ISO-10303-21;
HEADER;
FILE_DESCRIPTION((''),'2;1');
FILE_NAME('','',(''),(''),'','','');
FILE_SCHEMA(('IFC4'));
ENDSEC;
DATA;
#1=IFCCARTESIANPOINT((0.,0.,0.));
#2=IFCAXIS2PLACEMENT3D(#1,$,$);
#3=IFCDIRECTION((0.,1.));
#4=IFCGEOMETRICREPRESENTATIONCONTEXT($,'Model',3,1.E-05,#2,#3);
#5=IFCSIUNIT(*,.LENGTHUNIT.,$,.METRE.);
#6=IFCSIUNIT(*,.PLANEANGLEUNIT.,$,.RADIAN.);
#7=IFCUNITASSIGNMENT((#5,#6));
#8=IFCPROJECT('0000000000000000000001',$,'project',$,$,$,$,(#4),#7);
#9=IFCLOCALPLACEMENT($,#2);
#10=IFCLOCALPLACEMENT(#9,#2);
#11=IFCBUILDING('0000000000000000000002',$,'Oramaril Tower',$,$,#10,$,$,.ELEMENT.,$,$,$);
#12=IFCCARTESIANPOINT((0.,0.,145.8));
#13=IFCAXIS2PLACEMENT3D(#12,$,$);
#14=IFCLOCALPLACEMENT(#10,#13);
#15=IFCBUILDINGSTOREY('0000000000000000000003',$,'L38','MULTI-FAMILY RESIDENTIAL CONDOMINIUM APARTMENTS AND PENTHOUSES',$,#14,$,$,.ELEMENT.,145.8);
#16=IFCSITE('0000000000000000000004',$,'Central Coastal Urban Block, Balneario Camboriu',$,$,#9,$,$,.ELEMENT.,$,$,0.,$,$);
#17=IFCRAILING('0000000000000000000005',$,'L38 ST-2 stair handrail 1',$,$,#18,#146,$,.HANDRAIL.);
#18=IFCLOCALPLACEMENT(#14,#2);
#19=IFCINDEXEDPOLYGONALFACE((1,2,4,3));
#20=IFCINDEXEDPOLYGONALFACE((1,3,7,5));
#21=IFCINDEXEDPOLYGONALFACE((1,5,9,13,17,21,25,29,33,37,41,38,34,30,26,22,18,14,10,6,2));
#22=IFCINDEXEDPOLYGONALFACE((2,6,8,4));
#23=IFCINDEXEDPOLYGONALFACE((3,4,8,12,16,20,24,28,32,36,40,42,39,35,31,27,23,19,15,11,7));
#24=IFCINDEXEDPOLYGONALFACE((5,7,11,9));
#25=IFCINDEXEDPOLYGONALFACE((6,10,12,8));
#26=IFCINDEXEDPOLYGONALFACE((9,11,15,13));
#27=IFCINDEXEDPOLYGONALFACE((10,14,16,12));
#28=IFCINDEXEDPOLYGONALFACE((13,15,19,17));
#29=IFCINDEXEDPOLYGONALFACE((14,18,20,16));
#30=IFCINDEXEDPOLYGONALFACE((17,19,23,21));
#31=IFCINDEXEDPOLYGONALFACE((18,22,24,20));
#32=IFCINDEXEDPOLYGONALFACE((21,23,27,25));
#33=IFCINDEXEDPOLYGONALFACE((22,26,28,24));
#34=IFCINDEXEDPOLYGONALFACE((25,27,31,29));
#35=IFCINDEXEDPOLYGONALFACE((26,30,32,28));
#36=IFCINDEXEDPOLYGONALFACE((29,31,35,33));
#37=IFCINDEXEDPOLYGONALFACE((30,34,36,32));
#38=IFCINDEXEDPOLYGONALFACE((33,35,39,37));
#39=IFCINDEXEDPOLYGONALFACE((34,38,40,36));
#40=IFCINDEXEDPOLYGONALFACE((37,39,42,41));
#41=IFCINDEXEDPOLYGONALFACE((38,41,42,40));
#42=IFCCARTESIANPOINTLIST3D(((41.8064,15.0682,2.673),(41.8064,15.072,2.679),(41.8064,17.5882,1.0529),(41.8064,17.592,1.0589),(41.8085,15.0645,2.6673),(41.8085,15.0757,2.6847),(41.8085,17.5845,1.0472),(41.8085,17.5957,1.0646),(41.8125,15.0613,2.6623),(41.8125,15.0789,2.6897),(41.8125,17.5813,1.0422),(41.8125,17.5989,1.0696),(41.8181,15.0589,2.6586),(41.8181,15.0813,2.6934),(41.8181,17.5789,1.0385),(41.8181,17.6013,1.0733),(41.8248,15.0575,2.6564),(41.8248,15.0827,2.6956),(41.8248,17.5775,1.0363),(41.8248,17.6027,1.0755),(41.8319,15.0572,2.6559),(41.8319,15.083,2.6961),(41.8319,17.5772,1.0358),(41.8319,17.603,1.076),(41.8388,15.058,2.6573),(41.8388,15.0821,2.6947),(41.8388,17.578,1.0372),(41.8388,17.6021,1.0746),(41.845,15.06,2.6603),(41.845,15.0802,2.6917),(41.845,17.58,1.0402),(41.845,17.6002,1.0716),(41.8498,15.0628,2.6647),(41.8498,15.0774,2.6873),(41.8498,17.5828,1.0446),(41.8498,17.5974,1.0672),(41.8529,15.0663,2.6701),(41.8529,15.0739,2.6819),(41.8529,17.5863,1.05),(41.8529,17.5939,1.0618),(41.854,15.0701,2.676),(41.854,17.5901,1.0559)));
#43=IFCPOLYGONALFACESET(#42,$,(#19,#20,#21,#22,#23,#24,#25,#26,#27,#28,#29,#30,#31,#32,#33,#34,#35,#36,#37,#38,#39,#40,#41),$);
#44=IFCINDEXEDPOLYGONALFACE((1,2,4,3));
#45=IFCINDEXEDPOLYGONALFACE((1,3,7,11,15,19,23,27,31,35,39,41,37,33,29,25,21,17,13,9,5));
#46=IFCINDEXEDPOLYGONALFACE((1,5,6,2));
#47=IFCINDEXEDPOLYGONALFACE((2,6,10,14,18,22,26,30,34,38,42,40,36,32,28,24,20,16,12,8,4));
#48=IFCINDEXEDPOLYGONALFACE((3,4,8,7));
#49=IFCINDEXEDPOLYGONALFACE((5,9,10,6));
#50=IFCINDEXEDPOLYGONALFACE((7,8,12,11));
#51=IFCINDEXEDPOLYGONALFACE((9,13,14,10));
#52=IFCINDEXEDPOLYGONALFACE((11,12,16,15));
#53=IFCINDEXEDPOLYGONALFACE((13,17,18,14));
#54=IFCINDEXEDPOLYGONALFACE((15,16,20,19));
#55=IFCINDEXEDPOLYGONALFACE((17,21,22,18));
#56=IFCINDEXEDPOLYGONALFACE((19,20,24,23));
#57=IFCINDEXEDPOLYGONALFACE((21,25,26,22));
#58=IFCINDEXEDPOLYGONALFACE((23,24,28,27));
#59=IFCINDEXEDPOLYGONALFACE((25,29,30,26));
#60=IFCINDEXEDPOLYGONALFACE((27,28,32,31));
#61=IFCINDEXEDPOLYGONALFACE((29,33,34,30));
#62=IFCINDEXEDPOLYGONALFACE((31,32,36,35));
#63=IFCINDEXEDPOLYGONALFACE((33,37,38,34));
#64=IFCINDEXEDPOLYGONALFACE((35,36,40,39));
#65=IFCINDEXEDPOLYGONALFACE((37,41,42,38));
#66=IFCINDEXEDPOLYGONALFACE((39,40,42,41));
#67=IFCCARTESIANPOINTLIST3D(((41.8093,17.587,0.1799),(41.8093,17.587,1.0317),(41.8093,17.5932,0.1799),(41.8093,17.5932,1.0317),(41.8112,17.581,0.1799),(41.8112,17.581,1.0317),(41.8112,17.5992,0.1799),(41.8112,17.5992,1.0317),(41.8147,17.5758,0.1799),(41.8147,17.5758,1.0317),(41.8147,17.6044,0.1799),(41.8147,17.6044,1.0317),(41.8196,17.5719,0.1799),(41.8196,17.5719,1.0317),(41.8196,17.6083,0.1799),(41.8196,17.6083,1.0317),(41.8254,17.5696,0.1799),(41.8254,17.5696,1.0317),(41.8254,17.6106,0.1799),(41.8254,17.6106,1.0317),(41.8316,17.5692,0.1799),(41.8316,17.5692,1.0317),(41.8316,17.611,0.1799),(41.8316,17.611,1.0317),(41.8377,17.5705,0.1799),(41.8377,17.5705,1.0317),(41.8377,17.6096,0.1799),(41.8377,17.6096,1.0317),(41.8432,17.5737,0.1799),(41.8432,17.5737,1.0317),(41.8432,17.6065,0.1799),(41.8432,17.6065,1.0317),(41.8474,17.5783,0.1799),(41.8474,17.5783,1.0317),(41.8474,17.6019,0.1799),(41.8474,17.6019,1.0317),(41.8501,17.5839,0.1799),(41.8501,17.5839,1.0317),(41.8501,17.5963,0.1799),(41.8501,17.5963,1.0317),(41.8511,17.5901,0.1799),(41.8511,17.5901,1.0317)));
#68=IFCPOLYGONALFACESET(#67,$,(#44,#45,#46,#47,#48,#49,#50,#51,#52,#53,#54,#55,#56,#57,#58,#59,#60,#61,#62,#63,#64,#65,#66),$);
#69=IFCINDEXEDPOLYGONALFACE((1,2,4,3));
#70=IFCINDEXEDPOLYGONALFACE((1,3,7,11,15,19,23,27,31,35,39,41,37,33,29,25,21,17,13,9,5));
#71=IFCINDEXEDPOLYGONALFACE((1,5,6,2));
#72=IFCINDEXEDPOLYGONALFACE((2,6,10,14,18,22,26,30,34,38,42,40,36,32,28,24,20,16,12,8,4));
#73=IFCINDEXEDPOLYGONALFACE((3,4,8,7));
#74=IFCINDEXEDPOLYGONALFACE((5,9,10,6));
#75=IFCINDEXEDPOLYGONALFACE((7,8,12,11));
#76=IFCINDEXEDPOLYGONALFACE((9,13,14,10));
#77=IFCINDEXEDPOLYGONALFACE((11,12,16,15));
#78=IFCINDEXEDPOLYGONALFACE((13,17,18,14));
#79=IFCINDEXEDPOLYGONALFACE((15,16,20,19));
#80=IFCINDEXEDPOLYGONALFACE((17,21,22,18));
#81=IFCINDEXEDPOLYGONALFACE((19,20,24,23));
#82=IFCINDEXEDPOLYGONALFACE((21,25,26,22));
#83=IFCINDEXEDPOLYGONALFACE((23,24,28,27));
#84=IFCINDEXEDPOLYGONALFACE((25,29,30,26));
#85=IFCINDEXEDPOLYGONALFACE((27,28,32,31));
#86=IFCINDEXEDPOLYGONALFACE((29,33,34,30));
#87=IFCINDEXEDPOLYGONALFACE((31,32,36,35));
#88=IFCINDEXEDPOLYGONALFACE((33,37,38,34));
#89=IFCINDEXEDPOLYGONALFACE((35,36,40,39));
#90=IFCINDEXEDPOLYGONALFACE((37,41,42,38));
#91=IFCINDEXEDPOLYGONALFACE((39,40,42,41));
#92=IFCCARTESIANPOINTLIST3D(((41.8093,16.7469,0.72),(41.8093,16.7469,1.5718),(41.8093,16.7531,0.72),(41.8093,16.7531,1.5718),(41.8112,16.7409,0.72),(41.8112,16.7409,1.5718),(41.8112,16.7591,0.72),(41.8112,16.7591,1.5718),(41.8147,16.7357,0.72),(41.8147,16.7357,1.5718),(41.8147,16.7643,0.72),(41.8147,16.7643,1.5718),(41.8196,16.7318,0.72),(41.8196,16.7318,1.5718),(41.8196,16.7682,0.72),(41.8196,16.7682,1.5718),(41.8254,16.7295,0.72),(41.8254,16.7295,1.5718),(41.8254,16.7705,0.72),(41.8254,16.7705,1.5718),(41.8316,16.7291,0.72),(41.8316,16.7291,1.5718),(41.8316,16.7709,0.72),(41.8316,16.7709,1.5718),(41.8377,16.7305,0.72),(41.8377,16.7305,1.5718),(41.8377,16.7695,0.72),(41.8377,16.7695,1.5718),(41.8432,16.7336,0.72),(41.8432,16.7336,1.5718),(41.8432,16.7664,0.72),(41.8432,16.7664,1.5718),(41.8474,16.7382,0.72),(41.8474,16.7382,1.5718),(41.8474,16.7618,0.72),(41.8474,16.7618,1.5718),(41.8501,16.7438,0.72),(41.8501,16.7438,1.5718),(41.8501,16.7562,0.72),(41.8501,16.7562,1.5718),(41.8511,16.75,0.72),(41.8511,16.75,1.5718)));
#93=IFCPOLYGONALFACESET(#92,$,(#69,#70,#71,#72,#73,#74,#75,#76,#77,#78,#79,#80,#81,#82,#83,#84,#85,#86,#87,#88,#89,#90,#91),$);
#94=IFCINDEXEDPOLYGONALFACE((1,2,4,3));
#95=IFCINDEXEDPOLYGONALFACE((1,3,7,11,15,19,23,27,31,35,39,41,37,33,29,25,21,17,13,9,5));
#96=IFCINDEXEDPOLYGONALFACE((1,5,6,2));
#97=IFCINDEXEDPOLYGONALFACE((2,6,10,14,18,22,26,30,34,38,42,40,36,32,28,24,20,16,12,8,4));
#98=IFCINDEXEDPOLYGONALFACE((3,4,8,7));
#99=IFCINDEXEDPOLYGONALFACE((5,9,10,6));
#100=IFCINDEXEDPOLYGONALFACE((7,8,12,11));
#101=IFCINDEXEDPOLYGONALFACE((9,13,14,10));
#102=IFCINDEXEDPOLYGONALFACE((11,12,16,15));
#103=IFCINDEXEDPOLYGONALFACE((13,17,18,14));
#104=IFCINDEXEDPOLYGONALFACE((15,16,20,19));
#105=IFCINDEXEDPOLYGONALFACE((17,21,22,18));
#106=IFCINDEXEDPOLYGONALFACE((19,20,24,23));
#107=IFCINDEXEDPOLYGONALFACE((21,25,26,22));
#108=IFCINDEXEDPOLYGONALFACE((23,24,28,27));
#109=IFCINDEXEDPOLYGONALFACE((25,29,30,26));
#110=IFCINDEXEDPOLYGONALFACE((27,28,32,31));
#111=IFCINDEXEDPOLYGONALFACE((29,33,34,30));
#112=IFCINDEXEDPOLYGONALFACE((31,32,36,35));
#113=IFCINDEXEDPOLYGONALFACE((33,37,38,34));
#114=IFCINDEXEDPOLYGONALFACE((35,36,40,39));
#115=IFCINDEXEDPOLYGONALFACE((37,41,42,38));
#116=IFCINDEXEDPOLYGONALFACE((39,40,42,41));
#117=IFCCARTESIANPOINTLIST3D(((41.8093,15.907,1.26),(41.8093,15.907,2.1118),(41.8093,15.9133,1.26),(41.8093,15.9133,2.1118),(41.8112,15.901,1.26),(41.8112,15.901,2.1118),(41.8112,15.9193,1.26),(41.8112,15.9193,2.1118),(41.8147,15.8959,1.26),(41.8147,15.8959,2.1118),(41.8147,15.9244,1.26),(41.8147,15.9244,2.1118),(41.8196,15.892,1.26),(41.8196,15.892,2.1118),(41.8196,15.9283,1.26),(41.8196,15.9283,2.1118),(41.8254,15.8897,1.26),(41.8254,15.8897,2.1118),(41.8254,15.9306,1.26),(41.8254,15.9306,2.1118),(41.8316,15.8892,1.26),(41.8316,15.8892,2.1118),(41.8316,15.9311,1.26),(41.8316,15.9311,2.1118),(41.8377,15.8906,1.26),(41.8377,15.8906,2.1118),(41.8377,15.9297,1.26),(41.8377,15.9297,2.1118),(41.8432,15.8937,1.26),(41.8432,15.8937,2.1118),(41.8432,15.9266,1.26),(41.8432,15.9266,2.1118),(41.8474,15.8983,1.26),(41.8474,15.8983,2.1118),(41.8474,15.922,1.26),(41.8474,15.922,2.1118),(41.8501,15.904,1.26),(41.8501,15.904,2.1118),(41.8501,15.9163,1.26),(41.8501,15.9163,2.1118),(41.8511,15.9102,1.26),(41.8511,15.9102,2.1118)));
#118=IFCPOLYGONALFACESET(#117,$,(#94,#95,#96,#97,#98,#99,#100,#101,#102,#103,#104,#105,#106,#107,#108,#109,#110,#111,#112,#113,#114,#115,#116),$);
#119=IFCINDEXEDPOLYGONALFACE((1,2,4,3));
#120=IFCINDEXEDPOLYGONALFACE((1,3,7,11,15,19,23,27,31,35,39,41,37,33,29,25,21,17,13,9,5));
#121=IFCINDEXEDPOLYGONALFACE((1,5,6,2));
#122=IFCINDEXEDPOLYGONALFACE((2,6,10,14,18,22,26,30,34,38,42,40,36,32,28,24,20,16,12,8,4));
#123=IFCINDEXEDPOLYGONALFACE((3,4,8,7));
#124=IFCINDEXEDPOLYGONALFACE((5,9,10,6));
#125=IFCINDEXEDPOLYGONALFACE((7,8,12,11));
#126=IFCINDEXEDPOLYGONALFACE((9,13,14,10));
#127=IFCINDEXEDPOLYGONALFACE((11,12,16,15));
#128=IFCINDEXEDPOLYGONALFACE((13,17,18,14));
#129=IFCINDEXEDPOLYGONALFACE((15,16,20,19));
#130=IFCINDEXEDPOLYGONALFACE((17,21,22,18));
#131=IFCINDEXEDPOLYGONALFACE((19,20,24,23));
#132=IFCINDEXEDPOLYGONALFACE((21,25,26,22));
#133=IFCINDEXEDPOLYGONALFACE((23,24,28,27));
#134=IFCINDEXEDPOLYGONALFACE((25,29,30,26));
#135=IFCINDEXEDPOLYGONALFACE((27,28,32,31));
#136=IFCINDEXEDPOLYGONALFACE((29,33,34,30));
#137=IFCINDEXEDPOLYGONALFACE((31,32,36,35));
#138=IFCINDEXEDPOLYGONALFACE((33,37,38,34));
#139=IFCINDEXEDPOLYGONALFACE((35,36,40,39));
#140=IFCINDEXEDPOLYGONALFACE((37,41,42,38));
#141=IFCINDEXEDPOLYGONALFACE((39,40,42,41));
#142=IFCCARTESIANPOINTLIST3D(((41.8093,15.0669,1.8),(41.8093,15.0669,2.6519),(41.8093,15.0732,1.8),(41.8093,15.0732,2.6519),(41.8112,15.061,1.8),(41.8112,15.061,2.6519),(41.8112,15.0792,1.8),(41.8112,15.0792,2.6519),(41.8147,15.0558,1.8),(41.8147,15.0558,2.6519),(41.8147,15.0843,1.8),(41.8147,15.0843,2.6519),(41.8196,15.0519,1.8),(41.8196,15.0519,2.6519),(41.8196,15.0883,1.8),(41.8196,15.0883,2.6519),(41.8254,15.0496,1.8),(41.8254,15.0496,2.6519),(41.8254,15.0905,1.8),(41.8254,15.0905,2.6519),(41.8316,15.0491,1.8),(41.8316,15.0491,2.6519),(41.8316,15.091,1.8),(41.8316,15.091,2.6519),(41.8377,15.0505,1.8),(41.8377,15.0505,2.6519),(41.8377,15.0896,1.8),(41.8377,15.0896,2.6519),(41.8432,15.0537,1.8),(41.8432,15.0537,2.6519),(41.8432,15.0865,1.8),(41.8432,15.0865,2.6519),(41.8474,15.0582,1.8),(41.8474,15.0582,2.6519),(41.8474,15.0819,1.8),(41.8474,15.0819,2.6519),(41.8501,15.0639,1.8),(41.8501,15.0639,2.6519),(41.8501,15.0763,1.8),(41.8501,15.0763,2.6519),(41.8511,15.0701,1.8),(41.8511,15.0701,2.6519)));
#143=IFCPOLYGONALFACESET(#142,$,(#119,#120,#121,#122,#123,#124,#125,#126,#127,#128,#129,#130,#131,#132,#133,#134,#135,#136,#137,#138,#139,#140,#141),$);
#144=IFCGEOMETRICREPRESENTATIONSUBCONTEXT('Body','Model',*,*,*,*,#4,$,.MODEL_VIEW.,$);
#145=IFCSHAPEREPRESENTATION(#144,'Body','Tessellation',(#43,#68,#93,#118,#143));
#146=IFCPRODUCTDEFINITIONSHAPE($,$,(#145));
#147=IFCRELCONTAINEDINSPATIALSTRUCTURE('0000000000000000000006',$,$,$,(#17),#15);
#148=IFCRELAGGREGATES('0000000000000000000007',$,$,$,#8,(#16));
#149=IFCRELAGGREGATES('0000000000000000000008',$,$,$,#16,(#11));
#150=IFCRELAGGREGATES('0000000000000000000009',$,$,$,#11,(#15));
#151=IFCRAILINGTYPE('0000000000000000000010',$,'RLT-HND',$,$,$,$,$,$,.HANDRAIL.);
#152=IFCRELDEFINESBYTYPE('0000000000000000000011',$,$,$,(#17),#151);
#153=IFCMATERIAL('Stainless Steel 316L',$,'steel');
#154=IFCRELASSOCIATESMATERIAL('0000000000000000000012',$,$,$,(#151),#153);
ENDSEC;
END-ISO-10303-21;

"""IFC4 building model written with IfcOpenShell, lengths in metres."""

from ifc_helpers import new_model, si_unit, direction, frame, origin, origin_2d, place, context, subcontext, project, spatial, circle, extrude, material, type_object, element, save


model = new_model("IFC4")

# Units and contexts
model_context = context("Model", 3, precision=1e-05, world=origin(), true_north=direction((0.0, 1.0)))
body_context = subcontext(model_context, "Body", "Model", "MODEL_VIEW")
ifc_project = project(units=[si_unit("LENGTHUNIT", "METRE"), si_unit("PLANEANGLEUNIT", "RADIAN")], contexts=[model_context])

# Site, building, storey
site_placement = place(None, origin())
site = spatial("IfcSite", under=ifc_project, at=site_placement, Name="Central Coastal Urban Block, Balneario Camboriu", CompositionType="ELEMENT", RefElevation=0.0)
building_placement = place(site_placement, origin())
building = spatial("IfcBuilding", under=site, at=building_placement, Name="Oramaril Tower", CompositionType="ELEMENT")
storey_placement = place(building_placement, frame((0.0, 0.0, 145.8)))
storey = spatial("IfcBuildingStorey", under=building, at=storey_placement, Name="L38", Description="MULTI-FAMILY RESIDENTIAL CONDOMINIUM APARTMENTS AND PENTHOUSES", CompositionType="ELEMENT", Elevation=145.8)

# Railing
ifc_material_1 = material(Name="Stainless Steel 316L", Category="steel")
railing_type_1 = type_object("IfcRailingType", Name="RLT-HND", PredefinedType="HANDRAIL", material=ifc_material_1)
railing_1_placement = place(storey_placement, frame((41.8301, 17.5901, 0.1799)))
element("IfcRailing", 1, at=railing_1_placement, inside=storey, type_object=railing_type_1, Name="L38 ST-2 stair handrail 1", PredefinedType="HANDRAIL", context=body_context, shape_type="SweptSolid", body=[
    extrude(circle(Radius=0.0239, at=origin_2d()), frame((0.0, 0.0, 0.876), z_axis=(0.0, -0.841163, 0.540782), x_axis=(1.0, 0.0, 0.0)), (0.0, 0.0, 1.0), 2.9958),
    extrude(circle(Radius=0.021, at=origin_2d()), origin(), (0.0, 0.0, 1.0), 0.8518),
    extrude(circle(Radius=0.021, at=origin_2d()), frame((0.0, -0.8401, 0.54)), (0.0, 0.0, 1.0), 0.8518),
    extrude(circle(Radius=0.021, at=origin_2d()), frame((0.0, -1.6799, 1.0801)), (0.0, 0.0, 1.0), 0.8518),
    extrude(circle(Radius=0.021, at=origin_2d()), frame((0.0, -2.52, 1.6201)), (0.0, 0.0, 1.0), 0.8518),
])

save(model, "model.ifc")
